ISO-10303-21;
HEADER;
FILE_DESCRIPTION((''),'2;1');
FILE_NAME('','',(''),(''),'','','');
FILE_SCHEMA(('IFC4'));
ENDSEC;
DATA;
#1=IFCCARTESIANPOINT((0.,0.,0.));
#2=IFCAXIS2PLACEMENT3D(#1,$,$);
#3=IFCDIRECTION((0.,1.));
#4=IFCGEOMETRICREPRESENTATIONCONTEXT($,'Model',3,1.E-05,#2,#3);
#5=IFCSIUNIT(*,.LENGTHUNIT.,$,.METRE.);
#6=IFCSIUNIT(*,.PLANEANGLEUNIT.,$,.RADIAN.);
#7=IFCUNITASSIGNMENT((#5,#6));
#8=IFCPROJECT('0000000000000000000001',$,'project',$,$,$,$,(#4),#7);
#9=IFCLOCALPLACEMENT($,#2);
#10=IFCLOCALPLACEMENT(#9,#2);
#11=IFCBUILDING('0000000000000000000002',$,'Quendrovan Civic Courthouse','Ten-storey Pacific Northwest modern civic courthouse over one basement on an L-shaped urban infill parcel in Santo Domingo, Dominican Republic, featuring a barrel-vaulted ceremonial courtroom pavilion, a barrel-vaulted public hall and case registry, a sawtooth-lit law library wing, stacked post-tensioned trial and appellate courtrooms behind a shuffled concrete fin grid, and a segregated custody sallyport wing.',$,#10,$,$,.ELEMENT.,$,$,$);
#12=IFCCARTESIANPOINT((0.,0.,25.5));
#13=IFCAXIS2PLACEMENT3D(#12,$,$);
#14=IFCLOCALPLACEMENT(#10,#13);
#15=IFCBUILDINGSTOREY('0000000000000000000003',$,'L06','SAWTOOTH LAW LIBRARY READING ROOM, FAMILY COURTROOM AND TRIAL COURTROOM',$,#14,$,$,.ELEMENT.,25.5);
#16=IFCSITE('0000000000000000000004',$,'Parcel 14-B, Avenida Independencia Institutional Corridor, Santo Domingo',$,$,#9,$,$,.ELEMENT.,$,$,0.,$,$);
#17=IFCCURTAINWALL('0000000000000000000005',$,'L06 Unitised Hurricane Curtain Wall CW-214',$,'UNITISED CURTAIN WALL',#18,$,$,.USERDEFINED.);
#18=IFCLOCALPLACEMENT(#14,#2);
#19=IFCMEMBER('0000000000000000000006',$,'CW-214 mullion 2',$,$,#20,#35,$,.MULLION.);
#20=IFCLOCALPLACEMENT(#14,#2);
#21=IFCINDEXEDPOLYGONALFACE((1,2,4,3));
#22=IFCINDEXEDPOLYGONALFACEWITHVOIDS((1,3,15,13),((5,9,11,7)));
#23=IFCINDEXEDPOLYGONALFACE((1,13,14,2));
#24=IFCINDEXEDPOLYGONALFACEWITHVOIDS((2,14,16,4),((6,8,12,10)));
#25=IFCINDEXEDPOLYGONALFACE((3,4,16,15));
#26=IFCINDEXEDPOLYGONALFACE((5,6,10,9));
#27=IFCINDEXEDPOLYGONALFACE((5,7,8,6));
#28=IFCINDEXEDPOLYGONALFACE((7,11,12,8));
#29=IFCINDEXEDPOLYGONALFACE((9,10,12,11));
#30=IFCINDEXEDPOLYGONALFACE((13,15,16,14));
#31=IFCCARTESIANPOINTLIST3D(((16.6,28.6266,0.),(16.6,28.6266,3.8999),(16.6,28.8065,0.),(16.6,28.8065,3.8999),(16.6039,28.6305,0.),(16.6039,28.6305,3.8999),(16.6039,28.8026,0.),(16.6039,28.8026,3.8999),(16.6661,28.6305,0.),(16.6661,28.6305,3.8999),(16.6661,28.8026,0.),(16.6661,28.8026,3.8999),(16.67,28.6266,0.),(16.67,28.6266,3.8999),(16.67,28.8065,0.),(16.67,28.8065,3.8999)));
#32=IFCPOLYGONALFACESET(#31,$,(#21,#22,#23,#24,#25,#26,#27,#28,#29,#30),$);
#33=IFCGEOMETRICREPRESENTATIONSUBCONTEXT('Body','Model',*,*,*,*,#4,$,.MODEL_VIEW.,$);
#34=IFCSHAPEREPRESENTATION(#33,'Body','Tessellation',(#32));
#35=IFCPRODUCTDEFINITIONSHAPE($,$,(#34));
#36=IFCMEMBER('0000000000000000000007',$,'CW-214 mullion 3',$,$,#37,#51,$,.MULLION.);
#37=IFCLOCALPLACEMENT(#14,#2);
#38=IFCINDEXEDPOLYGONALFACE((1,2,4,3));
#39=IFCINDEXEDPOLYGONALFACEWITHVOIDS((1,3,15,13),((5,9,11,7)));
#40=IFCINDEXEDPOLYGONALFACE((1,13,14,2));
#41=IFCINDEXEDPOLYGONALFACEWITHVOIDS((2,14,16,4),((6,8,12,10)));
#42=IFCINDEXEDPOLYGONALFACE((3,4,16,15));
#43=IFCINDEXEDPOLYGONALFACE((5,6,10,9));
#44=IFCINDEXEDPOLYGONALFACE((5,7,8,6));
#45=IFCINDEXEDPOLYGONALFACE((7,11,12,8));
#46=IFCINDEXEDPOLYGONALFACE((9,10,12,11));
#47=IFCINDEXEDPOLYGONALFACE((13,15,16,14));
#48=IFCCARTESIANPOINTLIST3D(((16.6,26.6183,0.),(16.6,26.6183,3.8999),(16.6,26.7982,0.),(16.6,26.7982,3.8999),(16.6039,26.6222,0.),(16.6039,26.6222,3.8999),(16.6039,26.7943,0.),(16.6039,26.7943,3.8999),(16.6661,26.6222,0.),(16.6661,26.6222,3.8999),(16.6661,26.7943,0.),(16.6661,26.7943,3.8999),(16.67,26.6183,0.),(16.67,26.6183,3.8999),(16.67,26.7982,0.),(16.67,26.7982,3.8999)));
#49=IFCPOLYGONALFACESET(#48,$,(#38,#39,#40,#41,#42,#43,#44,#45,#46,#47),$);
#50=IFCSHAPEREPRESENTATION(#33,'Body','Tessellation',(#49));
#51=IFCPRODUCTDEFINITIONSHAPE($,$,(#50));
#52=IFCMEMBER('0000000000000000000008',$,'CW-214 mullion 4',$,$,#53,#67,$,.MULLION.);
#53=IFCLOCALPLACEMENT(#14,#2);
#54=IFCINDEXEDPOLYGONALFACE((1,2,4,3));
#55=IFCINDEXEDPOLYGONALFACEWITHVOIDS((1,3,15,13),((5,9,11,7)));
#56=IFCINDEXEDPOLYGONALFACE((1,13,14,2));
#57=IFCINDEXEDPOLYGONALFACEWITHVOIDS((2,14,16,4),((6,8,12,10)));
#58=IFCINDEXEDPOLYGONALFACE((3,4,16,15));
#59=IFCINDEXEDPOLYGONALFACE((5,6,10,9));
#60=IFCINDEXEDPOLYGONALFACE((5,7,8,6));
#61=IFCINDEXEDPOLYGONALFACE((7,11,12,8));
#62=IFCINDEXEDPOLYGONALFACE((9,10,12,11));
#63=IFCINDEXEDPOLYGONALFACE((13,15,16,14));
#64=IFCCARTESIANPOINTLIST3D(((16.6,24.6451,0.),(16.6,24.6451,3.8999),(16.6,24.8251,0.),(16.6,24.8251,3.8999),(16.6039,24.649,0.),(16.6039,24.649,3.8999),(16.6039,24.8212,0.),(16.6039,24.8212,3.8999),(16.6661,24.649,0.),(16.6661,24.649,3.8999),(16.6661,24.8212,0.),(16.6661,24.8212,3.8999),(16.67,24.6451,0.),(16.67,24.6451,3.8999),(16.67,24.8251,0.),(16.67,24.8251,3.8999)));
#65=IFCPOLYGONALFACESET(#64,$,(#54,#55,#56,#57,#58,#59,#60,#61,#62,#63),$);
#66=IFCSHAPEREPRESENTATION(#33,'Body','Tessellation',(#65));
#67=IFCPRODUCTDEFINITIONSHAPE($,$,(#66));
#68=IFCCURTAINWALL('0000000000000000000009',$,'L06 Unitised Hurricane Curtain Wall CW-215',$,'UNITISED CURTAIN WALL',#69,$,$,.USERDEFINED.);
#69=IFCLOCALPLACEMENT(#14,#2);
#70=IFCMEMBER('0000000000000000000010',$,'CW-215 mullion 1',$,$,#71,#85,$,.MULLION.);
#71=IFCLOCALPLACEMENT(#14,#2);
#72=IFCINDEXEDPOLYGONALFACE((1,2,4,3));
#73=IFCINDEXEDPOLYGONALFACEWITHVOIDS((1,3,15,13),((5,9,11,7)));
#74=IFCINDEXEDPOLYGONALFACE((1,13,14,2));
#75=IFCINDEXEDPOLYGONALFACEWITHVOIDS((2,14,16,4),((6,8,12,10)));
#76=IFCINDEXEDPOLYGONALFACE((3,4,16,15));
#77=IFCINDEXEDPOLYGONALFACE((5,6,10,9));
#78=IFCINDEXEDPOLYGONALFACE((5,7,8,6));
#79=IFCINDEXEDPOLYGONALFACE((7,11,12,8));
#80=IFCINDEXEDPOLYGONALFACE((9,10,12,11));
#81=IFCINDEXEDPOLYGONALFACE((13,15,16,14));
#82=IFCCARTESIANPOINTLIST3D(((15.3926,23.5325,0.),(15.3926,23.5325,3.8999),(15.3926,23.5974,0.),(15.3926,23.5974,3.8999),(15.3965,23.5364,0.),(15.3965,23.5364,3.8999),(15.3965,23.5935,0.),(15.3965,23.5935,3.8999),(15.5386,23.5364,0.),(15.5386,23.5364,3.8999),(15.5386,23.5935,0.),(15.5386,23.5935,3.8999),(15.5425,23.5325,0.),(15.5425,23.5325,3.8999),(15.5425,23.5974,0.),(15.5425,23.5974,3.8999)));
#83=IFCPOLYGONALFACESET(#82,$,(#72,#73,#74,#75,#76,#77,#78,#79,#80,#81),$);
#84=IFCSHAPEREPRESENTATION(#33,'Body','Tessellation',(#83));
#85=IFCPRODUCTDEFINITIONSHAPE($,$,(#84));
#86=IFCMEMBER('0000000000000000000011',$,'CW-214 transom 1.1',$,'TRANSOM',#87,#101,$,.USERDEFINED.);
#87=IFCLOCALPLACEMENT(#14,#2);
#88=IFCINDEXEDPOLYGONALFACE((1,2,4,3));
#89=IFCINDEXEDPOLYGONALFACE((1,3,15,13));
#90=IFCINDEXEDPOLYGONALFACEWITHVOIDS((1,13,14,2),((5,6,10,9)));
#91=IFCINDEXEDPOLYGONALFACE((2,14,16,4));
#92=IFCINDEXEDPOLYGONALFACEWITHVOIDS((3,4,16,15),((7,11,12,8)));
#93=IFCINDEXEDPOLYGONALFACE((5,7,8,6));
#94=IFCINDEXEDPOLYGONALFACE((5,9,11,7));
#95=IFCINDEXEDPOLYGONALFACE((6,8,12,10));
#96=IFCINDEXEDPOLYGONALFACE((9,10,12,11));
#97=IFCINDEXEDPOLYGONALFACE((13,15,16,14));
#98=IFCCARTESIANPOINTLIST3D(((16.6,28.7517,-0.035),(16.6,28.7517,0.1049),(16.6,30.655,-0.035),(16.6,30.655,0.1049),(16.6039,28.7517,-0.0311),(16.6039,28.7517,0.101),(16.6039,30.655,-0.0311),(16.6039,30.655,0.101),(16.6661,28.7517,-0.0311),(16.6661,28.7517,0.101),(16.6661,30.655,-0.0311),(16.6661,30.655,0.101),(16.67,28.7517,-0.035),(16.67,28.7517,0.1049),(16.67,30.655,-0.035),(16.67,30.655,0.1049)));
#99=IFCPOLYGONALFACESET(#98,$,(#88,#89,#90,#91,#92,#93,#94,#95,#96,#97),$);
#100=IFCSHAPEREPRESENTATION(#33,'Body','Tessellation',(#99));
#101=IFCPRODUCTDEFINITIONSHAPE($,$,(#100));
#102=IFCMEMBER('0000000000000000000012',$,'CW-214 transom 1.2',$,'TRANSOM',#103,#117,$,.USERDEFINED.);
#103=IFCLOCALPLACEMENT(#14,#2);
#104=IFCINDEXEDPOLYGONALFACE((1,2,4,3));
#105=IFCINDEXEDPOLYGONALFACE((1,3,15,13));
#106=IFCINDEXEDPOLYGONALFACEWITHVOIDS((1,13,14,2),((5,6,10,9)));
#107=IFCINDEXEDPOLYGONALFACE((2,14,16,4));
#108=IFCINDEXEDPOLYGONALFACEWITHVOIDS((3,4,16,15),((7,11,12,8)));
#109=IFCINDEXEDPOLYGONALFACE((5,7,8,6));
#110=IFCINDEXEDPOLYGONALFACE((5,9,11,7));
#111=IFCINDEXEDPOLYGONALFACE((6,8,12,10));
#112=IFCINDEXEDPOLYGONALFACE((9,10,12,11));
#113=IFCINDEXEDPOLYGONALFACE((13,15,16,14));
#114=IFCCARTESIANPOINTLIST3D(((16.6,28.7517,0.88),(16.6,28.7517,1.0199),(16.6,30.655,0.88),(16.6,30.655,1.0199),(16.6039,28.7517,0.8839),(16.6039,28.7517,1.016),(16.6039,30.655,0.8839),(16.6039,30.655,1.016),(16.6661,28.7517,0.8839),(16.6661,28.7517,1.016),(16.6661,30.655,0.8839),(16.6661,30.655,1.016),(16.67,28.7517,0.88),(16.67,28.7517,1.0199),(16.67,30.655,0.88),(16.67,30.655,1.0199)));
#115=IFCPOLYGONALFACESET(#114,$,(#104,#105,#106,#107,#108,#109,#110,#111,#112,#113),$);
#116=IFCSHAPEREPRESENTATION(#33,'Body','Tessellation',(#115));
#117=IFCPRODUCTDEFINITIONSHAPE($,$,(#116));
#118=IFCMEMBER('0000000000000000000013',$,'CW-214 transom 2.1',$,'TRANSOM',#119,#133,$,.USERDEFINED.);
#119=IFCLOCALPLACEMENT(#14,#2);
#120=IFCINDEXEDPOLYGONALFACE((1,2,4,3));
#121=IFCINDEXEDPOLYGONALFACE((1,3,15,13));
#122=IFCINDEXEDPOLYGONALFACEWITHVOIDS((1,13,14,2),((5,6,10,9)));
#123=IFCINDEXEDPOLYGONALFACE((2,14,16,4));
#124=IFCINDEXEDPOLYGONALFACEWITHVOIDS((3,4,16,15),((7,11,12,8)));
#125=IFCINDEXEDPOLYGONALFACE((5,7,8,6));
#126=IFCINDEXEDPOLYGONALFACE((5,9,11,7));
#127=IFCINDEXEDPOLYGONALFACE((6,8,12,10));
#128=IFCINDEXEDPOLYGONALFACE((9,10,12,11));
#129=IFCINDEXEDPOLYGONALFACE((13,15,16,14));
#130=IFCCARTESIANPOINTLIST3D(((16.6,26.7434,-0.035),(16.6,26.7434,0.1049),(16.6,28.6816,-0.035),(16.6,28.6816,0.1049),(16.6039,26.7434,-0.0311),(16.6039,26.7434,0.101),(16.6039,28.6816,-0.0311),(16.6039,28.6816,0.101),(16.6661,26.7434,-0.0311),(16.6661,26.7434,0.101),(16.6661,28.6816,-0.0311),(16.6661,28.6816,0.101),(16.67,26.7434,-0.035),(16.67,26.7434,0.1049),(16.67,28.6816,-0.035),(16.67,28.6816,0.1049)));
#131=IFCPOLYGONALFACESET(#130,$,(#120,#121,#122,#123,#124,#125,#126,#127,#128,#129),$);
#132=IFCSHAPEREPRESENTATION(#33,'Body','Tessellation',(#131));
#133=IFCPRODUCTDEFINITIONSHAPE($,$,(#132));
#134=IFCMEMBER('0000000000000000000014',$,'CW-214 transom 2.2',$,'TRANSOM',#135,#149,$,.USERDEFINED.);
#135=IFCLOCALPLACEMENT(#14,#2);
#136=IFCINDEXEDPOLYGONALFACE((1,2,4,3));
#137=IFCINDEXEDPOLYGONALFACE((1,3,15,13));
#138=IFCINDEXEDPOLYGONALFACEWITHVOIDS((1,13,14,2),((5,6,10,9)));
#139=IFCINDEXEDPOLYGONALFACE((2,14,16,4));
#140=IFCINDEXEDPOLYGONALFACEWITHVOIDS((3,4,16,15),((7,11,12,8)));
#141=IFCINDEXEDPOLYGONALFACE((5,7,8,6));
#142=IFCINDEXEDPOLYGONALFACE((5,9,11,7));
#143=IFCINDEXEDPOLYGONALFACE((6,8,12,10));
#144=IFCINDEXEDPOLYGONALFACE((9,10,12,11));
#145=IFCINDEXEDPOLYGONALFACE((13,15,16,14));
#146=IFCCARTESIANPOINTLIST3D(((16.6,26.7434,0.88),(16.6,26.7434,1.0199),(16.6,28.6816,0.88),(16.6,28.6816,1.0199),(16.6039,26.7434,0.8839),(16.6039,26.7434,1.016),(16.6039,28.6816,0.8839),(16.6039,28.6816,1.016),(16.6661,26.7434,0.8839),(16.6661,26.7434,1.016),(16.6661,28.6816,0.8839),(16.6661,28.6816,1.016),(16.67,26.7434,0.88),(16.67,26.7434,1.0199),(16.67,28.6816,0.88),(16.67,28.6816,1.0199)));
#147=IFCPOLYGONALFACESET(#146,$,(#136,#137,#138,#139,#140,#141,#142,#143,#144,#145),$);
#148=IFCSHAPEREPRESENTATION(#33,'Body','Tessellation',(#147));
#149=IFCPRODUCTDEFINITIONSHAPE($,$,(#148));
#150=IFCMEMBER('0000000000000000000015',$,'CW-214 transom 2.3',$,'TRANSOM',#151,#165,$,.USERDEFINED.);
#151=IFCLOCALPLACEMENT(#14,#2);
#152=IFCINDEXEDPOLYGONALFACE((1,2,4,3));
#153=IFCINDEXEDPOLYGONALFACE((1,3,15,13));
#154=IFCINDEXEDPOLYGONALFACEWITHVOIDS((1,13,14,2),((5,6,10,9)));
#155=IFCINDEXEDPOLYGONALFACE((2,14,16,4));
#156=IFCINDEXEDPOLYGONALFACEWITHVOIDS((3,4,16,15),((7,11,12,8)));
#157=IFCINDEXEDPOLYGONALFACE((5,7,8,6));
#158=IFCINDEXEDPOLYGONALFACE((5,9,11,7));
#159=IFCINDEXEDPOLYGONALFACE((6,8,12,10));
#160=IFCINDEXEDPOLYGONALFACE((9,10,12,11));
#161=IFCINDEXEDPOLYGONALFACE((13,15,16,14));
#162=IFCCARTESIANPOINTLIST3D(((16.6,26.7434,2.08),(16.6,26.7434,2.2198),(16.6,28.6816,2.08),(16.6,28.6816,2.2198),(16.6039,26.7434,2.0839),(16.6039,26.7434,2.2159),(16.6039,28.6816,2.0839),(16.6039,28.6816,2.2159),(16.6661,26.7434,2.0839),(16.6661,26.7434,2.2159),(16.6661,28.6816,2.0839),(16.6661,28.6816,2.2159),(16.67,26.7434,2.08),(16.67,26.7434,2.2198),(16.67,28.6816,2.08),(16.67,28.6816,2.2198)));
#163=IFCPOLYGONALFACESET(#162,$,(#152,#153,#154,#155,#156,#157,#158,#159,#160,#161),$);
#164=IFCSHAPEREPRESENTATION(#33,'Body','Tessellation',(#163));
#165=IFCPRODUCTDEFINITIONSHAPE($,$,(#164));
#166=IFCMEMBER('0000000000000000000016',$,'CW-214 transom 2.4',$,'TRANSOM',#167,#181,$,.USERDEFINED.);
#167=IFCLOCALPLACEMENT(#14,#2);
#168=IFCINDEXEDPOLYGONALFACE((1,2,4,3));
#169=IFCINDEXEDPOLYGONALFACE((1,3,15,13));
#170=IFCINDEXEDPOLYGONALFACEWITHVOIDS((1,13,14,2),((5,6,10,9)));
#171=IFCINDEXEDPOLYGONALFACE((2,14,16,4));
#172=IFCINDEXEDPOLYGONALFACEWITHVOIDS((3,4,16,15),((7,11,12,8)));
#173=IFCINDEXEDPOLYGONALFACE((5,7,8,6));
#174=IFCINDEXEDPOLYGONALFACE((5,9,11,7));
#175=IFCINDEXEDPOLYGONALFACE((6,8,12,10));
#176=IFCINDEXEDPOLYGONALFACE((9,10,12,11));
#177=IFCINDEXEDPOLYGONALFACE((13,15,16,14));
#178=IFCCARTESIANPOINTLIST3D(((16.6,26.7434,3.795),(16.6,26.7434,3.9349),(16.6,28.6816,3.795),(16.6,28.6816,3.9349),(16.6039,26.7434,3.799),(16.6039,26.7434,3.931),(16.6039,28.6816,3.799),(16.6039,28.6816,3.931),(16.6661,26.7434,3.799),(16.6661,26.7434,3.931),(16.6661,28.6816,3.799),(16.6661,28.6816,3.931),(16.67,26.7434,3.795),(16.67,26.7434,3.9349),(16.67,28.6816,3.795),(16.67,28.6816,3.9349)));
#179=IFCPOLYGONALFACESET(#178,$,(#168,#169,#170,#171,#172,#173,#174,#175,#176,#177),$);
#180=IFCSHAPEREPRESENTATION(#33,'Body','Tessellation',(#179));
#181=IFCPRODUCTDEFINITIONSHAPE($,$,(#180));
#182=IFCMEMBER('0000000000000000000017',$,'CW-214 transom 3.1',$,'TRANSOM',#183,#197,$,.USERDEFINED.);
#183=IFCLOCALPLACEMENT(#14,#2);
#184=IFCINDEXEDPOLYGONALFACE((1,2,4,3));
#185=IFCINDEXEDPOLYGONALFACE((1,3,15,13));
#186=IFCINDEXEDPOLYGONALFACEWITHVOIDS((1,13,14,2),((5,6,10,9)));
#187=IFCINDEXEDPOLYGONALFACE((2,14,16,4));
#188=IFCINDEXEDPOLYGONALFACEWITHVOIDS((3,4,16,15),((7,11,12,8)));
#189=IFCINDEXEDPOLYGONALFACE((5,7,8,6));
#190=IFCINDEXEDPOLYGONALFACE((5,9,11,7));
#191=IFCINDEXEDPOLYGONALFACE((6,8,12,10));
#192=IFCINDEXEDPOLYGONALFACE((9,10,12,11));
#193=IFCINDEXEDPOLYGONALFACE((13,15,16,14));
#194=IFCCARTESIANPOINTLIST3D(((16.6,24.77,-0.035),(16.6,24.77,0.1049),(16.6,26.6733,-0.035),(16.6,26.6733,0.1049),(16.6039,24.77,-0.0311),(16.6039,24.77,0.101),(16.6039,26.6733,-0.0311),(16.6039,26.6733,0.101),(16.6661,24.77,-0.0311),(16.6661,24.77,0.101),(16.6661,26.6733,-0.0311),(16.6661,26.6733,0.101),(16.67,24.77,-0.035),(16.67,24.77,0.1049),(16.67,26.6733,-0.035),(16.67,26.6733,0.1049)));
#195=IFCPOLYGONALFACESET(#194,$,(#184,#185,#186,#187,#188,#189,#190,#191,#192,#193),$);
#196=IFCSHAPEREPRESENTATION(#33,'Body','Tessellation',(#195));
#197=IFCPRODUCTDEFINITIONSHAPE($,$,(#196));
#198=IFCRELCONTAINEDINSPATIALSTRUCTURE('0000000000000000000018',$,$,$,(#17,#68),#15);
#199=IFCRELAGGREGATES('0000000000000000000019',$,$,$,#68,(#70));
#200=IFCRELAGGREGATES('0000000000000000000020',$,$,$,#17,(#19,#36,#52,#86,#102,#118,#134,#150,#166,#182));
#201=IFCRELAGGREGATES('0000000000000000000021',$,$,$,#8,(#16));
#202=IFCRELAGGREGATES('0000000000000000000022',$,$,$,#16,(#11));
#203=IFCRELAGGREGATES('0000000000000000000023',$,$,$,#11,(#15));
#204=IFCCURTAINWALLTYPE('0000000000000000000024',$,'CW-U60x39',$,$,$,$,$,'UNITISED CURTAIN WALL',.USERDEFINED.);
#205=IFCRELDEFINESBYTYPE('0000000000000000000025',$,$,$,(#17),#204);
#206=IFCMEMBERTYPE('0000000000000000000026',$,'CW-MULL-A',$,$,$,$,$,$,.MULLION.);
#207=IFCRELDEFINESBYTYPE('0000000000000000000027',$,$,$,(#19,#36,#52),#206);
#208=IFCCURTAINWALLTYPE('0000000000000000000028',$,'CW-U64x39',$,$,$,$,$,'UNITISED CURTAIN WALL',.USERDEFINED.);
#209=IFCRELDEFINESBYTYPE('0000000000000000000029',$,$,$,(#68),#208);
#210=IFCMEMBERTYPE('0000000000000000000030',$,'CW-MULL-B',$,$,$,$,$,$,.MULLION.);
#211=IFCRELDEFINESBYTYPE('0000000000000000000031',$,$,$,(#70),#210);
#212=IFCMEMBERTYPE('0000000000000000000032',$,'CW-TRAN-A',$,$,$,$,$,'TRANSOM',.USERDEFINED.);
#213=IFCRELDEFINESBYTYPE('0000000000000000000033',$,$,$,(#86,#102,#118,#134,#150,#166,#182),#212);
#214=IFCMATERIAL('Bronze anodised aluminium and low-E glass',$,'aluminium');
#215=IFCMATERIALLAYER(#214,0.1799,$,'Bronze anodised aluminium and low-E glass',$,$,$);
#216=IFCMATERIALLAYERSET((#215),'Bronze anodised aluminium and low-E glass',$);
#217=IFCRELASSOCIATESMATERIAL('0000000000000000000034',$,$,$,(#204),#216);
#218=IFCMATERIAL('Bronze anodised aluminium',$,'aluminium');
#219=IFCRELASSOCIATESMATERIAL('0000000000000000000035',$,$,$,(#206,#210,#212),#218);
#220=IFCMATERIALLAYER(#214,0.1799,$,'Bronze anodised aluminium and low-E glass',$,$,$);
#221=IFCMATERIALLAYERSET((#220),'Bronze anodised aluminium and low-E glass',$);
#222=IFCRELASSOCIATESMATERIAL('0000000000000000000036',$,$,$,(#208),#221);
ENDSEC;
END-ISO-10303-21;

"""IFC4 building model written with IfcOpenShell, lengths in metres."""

from ifc_helpers import new_model, si_unit, direction, frame, origin, origin_2d, place, context, subcontext, project, spatial, hollow_rectangle, extrude, material, layer, layer_set, material_profile, profile_set, type_object, element, aggregate, save


model = new_model("IFC4")

# Units and contexts
model_context = context("Model", 3, precision=1e-05, world=origin(), true_north=direction((0.0, 1.0)))
body_context = subcontext(model_context, "Body", "Model", "MODEL_VIEW")
ifc_project = project(units=[si_unit("LENGTHUNIT", "METRE"), si_unit("PLANEANGLEUNIT", "RADIAN")], contexts=[model_context])

# Site, building, storey
site_placement = place(None, origin())
site = spatial("IfcSite", under=ifc_project, at=site_placement, Name="Parcel 14-B, Avenida Independencia Institutional Corridor, Santo Domingo", CompositionType="ELEMENT", RefElevation=0.0)
building_placement = place(site_placement, origin())
building = spatial("IfcBuilding", under=site, at=building_placement, Name="Quendrovan Civic Courthouse", Description="Ten-storey Pacific Northwest modern civic courthouse over one basement on an L-shaped urban infill parcel in Santo Domingo, Dominican Republic, featuring a barrel-vaulted ceremonial courtroom pavilion, a barrel-vaulted public hall and case registry, a sawtooth-lit law library wing, stacked post-tensioned trial and appellate courtrooms behind a shuffled concrete fin grid, and a segregated custody sallyport wing.", CompositionType="ELEMENT")
storey_placement = place(building_placement, frame((0.0, 0.0, 25.5)))
storey = spatial("IfcBuildingStorey", under=building, at=storey_placement, Name="L06", Description="SAWTOOTH LAW LIBRARY READING ROOM, FAMILY COURTROOM AND TRIAL COURTROOM", CompositionType="ELEMENT", Elevation=25.5)

# Curtain wall, members
ifc_material_1 = material(Name="Bronze anodised aluminium and low-E glass", Category="aluminium")
ifc_layer_1 = layer(ifc_material_1, 0.1799, Name="Bronze anodised aluminium and low-E glass")
ifc_layer_set_1 = layer_set([ifc_layer_1], Name="Bronze anodised aluminium and low-E glass")
curtain_wall_type_1 = type_object("IfcCurtainWallType", Name="CW-U60x39", ElementType="UNITISED CURTAIN WALL", PredefinedType="USERDEFINED", material=ifc_layer_set_1)
curtain_wall_1_placement = place(storey_placement, origin())
curtain_wall_1 = element("IfcCurtainWall", 1, at=curtain_wall_1_placement, inside=storey, type_object=curtain_wall_type_1, Name="L06 Unitised Hurricane Curtain Wall CW-214", ObjectType="UNITISED CURTAIN WALL", PredefinedType="USERDEFINED")
ifc_material_2 = material(Name="Bronze anodised aluminium", Category="aluminium")
ifc_material_profile_1 = material_profile(ifc_material_2, hollow_rectangle(XDim=0.0701, YDim=0.1799, WallThickness=0.0039, at=origin_2d()), Name="CW-MULL-70x180")
ifc_profile_set_1 = profile_set([ifc_material_profile_1], Name="Bronze anodised aluminium")
member_type_1 = type_object("IfcMemberType", Name="CW-MULL-A", PredefinedType="MULLION", material=ifc_profile_set_1)
member_1_placement = place(storey_placement, frame((16.635, 28.7166, 0.0), z_axis=(0.0, 0.0, 1.0), x_axis=(1.0, 0.0, 0.0)))
member_1 = element("IfcMember", 2, at=member_1_placement, type_object=member_type_1, Name="CW-214 mullion 2", PredefinedType="MULLION", context=body_context, shape_type="SweptSolid", body=[
    extrude(hollow_rectangle(XDim=0.0701, YDim=0.1799, WallThickness=0.0039, at=origin_2d()), origin(), (0.0, 0.0, 1.0), 3.8999),
])
member_2_placement = place(storey_placement, frame((16.635, 26.7083, 0.0), z_axis=(0.0, 0.0, 1.0), x_axis=(1.0, 0.0, 0.0)))
member_2 = element("IfcMember", 3, at=member_2_placement, type_object=member_type_1, Name="CW-214 mullion 3", PredefinedType="MULLION", context=body_context, shape_type="SweptSolid", body=[
    extrude(hollow_rectangle(XDim=0.0701, YDim=0.1799, WallThickness=0.0039, at=origin_2d()), origin(), (0.0, 0.0, 1.0), 3.8999),
])
member_3_placement = place(storey_placement, frame((16.635, 24.7351, 0.0), z_axis=(0.0, 0.0, 1.0), x_axis=(1.0, 0.0, 0.0)))
member_3 = element("IfcMember", 4, at=member_3_placement, type_object=member_type_1, Name="CW-214 mullion 4", PredefinedType="MULLION", context=body_context, shape_type="SweptSolid", body=[
    extrude(hollow_rectangle(XDim=0.0701, YDim=0.1799, WallThickness=0.0039, at=origin_2d()), origin(), (0.0, 0.0, 1.0), 3.8999),
])

# Curtain wall, member
ifc_layer_2 = layer(ifc_material_1, 0.1799, Name="Bronze anodised aluminium and low-E glass")
ifc_layer_set_2 = layer_set([ifc_layer_2], Name="Bronze anodised aluminium and low-E glass")
curtain_wall_type_2 = type_object("IfcCurtainWallType", Name="CW-U64x39", ElementType="UNITISED CURTAIN WALL", PredefinedType="USERDEFINED", material=ifc_layer_set_2)
curtain_wall_2_placement = place(storey_placement, origin())
curtain_wall_2 = element("IfcCurtainWall", 5, at=curtain_wall_2_placement, inside=storey, type_object=curtain_wall_type_2, Name="L06 Unitised Hurricane Curtain Wall CW-215", ObjectType="UNITISED CURTAIN WALL", PredefinedType="USERDEFINED")
ifc_material_profile_2 = material_profile(ifc_material_2, hollow_rectangle(XDim=0.0649, YDim=0.1499, WallThickness=0.0039, at=origin_2d()), Name="CW-MULL-65x150")
ifc_profile_set_2 = profile_set([ifc_material_profile_2], Name="Bronze anodised aluminium")
member_type_2 = type_object("IfcMemberType", Name="CW-MULL-B", PredefinedType="MULLION", material=ifc_profile_set_2)
member_4_placement = place(storey_placement, frame((15.4675, 23.5649, 0.0), z_axis=(0.0, 0.0, 1.0), x_axis=(0.0, -1.0, 0.0)))
member_4 = element("IfcMember", 6, at=member_4_placement, type_object=member_type_2, Name="CW-215 mullion 1", PredefinedType="MULLION", context=body_context, shape_type="SweptSolid", body=[
    extrude(hollow_rectangle(XDim=0.0649, YDim=0.1499, WallThickness=0.0039, at=origin_2d()), origin(), (0.0, 0.0, 1.0), 3.8999),
])

# Members
ifc_material_profile_3 = material_profile(ifc_material_2, hollow_rectangle(XDim=0.0701, YDim=0.1399, WallThickness=0.0039, at=origin_2d()), Name="CW-TRAN-70x140")
ifc_profile_set_3 = profile_set([ifc_material_profile_3], Name="Bronze anodised aluminium")
member_type_3 = type_object("IfcMemberType", Name="CW-TRAN-A", ElementType="TRANSOM", PredefinedType="USERDEFINED", material=ifc_profile_set_3)
member_5_placement = place(storey_placement, frame((16.635, 30.655, 0.0349), z_axis=(0.0, -1.0, 0.0), x_axis=(1.0, 0.0, 0.0)))
member_5 = element("IfcMember", 7, at=member_5_placement, type_object=member_type_3, Name="CW-214 transom 1.1", ObjectType="TRANSOM", PredefinedType="USERDEFINED", context=body_context, shape_type="SweptSolid", body=[
    extrude(hollow_rectangle(XDim=0.0701, YDim=0.1399, WallThickness=0.0039, at=origin_2d()), origin(), (0.0, 0.0, 1.0), 1.9033),
])
member_6_placement = place(storey_placement, frame((16.635, 30.655, 0.95), z_axis=(0.0, -1.0, 0.0), x_axis=(1.0, 0.0, 0.0)))
member_6 = element("IfcMember", 8, at=member_6_placement, type_object=member_type_3, Name="CW-214 transom 1.2", ObjectType="TRANSOM", PredefinedType="USERDEFINED", context=body_context, shape_type="SweptSolid", body=[
    extrude(hollow_rectangle(XDim=0.0701, YDim=0.1399, WallThickness=0.0039, at=origin_2d()), origin(), (0.0, 0.0, 1.0), 1.9033),
])
member_7_placement = place(storey_placement, frame((16.635, 28.6816, 0.0349), z_axis=(0.0, -1.0, 0.0), x_axis=(1.0, 0.0, 0.0)))
member_7 = element("IfcMember", 9, at=member_7_placement, type_object=member_type_3, Name="CW-214 transom 2.1", ObjectType="TRANSOM", PredefinedType="USERDEFINED", context=body_context, shape_type="SweptSolid", body=[
    extrude(hollow_rectangle(XDim=0.0701, YDim=0.1399, WallThickness=0.0039, at=origin_2d()), origin(), (0.0, 0.0, 1.0), 1.9382),
])
member_8_placement = place(storey_placement, frame((16.635, 28.6816, 0.95), z_axis=(0.0, -1.0, 0.0), x_axis=(1.0, 0.0, 0.0)))
member_8 = element("IfcMember", 10, at=member_8_placement, type_object=member_type_3, Name="CW-214 transom 2.2", ObjectType="TRANSOM", PredefinedType="USERDEFINED", context=body_context, shape_type="SweptSolid", body=[
    extrude(hollow_rectangle(XDim=0.0701, YDim=0.1399, WallThickness=0.0039, at=origin_2d()), origin(), (0.0, 0.0, 1.0), 1.9382),
])
member_9_placement = place(storey_placement, frame((16.635, 28.6816, 2.1499), z_axis=(0.0, -1.0, 0.0), x_axis=(1.0, 0.0, 0.0)))
member_9 = element("IfcMember", 11, at=member_9_placement, type_object=member_type_3, Name="CW-214 transom 2.3", ObjectType="TRANSOM", PredefinedType="USERDEFINED", context=body_context, shape_type="SweptSolid", body=[
    extrude(hollow_rectangle(XDim=0.0701, YDim=0.1399, WallThickness=0.0039, at=origin_2d()), origin(), (0.0, 0.0, 1.0), 1.9382),
])
member_10_placement = place(storey_placement, frame((16.635, 28.6816, 3.865), z_axis=(0.0, -1.0, 0.0), x_axis=(1.0, 0.0, 0.0)))
member_10 = element("IfcMember", 12, at=member_10_placement, type_object=member_type_3, Name="CW-214 transom 2.4", ObjectType="TRANSOM", PredefinedType="USERDEFINED", context=body_context, shape_type="SweptSolid", body=[
    extrude(hollow_rectangle(XDim=0.0701, YDim=0.1399, WallThickness=0.0039, at=origin_2d()), origin(), (0.0, 0.0, 1.0), 1.9382),
])
member_11_placement = place(storey_placement, frame((16.635, 26.6733, 0.0349), z_axis=(0.0, -1.0, 0.0), x_axis=(1.0, 0.0, 0.0)))
member_11 = element("IfcMember", 13, at=member_11_placement, type_object=member_type_3, Name="CW-214 transom 3.1", ObjectType="TRANSOM", PredefinedType="USERDEFINED", context=body_context, shape_type="SweptSolid", body=[
    extrude(hollow_rectangle(XDim=0.0701, YDim=0.1399, WallThickness=0.0039, at=origin_2d()), origin(), (0.0, 0.0, 1.0), 1.9033),
])
aggregate(curtain_wall_2, [member_4])

aggregate(curtain_wall_1, [member_1, member_2, member_3, member_5, member_6, member_7, member_8, member_9, member_10, member_11])

save(model, "model.ifc")
